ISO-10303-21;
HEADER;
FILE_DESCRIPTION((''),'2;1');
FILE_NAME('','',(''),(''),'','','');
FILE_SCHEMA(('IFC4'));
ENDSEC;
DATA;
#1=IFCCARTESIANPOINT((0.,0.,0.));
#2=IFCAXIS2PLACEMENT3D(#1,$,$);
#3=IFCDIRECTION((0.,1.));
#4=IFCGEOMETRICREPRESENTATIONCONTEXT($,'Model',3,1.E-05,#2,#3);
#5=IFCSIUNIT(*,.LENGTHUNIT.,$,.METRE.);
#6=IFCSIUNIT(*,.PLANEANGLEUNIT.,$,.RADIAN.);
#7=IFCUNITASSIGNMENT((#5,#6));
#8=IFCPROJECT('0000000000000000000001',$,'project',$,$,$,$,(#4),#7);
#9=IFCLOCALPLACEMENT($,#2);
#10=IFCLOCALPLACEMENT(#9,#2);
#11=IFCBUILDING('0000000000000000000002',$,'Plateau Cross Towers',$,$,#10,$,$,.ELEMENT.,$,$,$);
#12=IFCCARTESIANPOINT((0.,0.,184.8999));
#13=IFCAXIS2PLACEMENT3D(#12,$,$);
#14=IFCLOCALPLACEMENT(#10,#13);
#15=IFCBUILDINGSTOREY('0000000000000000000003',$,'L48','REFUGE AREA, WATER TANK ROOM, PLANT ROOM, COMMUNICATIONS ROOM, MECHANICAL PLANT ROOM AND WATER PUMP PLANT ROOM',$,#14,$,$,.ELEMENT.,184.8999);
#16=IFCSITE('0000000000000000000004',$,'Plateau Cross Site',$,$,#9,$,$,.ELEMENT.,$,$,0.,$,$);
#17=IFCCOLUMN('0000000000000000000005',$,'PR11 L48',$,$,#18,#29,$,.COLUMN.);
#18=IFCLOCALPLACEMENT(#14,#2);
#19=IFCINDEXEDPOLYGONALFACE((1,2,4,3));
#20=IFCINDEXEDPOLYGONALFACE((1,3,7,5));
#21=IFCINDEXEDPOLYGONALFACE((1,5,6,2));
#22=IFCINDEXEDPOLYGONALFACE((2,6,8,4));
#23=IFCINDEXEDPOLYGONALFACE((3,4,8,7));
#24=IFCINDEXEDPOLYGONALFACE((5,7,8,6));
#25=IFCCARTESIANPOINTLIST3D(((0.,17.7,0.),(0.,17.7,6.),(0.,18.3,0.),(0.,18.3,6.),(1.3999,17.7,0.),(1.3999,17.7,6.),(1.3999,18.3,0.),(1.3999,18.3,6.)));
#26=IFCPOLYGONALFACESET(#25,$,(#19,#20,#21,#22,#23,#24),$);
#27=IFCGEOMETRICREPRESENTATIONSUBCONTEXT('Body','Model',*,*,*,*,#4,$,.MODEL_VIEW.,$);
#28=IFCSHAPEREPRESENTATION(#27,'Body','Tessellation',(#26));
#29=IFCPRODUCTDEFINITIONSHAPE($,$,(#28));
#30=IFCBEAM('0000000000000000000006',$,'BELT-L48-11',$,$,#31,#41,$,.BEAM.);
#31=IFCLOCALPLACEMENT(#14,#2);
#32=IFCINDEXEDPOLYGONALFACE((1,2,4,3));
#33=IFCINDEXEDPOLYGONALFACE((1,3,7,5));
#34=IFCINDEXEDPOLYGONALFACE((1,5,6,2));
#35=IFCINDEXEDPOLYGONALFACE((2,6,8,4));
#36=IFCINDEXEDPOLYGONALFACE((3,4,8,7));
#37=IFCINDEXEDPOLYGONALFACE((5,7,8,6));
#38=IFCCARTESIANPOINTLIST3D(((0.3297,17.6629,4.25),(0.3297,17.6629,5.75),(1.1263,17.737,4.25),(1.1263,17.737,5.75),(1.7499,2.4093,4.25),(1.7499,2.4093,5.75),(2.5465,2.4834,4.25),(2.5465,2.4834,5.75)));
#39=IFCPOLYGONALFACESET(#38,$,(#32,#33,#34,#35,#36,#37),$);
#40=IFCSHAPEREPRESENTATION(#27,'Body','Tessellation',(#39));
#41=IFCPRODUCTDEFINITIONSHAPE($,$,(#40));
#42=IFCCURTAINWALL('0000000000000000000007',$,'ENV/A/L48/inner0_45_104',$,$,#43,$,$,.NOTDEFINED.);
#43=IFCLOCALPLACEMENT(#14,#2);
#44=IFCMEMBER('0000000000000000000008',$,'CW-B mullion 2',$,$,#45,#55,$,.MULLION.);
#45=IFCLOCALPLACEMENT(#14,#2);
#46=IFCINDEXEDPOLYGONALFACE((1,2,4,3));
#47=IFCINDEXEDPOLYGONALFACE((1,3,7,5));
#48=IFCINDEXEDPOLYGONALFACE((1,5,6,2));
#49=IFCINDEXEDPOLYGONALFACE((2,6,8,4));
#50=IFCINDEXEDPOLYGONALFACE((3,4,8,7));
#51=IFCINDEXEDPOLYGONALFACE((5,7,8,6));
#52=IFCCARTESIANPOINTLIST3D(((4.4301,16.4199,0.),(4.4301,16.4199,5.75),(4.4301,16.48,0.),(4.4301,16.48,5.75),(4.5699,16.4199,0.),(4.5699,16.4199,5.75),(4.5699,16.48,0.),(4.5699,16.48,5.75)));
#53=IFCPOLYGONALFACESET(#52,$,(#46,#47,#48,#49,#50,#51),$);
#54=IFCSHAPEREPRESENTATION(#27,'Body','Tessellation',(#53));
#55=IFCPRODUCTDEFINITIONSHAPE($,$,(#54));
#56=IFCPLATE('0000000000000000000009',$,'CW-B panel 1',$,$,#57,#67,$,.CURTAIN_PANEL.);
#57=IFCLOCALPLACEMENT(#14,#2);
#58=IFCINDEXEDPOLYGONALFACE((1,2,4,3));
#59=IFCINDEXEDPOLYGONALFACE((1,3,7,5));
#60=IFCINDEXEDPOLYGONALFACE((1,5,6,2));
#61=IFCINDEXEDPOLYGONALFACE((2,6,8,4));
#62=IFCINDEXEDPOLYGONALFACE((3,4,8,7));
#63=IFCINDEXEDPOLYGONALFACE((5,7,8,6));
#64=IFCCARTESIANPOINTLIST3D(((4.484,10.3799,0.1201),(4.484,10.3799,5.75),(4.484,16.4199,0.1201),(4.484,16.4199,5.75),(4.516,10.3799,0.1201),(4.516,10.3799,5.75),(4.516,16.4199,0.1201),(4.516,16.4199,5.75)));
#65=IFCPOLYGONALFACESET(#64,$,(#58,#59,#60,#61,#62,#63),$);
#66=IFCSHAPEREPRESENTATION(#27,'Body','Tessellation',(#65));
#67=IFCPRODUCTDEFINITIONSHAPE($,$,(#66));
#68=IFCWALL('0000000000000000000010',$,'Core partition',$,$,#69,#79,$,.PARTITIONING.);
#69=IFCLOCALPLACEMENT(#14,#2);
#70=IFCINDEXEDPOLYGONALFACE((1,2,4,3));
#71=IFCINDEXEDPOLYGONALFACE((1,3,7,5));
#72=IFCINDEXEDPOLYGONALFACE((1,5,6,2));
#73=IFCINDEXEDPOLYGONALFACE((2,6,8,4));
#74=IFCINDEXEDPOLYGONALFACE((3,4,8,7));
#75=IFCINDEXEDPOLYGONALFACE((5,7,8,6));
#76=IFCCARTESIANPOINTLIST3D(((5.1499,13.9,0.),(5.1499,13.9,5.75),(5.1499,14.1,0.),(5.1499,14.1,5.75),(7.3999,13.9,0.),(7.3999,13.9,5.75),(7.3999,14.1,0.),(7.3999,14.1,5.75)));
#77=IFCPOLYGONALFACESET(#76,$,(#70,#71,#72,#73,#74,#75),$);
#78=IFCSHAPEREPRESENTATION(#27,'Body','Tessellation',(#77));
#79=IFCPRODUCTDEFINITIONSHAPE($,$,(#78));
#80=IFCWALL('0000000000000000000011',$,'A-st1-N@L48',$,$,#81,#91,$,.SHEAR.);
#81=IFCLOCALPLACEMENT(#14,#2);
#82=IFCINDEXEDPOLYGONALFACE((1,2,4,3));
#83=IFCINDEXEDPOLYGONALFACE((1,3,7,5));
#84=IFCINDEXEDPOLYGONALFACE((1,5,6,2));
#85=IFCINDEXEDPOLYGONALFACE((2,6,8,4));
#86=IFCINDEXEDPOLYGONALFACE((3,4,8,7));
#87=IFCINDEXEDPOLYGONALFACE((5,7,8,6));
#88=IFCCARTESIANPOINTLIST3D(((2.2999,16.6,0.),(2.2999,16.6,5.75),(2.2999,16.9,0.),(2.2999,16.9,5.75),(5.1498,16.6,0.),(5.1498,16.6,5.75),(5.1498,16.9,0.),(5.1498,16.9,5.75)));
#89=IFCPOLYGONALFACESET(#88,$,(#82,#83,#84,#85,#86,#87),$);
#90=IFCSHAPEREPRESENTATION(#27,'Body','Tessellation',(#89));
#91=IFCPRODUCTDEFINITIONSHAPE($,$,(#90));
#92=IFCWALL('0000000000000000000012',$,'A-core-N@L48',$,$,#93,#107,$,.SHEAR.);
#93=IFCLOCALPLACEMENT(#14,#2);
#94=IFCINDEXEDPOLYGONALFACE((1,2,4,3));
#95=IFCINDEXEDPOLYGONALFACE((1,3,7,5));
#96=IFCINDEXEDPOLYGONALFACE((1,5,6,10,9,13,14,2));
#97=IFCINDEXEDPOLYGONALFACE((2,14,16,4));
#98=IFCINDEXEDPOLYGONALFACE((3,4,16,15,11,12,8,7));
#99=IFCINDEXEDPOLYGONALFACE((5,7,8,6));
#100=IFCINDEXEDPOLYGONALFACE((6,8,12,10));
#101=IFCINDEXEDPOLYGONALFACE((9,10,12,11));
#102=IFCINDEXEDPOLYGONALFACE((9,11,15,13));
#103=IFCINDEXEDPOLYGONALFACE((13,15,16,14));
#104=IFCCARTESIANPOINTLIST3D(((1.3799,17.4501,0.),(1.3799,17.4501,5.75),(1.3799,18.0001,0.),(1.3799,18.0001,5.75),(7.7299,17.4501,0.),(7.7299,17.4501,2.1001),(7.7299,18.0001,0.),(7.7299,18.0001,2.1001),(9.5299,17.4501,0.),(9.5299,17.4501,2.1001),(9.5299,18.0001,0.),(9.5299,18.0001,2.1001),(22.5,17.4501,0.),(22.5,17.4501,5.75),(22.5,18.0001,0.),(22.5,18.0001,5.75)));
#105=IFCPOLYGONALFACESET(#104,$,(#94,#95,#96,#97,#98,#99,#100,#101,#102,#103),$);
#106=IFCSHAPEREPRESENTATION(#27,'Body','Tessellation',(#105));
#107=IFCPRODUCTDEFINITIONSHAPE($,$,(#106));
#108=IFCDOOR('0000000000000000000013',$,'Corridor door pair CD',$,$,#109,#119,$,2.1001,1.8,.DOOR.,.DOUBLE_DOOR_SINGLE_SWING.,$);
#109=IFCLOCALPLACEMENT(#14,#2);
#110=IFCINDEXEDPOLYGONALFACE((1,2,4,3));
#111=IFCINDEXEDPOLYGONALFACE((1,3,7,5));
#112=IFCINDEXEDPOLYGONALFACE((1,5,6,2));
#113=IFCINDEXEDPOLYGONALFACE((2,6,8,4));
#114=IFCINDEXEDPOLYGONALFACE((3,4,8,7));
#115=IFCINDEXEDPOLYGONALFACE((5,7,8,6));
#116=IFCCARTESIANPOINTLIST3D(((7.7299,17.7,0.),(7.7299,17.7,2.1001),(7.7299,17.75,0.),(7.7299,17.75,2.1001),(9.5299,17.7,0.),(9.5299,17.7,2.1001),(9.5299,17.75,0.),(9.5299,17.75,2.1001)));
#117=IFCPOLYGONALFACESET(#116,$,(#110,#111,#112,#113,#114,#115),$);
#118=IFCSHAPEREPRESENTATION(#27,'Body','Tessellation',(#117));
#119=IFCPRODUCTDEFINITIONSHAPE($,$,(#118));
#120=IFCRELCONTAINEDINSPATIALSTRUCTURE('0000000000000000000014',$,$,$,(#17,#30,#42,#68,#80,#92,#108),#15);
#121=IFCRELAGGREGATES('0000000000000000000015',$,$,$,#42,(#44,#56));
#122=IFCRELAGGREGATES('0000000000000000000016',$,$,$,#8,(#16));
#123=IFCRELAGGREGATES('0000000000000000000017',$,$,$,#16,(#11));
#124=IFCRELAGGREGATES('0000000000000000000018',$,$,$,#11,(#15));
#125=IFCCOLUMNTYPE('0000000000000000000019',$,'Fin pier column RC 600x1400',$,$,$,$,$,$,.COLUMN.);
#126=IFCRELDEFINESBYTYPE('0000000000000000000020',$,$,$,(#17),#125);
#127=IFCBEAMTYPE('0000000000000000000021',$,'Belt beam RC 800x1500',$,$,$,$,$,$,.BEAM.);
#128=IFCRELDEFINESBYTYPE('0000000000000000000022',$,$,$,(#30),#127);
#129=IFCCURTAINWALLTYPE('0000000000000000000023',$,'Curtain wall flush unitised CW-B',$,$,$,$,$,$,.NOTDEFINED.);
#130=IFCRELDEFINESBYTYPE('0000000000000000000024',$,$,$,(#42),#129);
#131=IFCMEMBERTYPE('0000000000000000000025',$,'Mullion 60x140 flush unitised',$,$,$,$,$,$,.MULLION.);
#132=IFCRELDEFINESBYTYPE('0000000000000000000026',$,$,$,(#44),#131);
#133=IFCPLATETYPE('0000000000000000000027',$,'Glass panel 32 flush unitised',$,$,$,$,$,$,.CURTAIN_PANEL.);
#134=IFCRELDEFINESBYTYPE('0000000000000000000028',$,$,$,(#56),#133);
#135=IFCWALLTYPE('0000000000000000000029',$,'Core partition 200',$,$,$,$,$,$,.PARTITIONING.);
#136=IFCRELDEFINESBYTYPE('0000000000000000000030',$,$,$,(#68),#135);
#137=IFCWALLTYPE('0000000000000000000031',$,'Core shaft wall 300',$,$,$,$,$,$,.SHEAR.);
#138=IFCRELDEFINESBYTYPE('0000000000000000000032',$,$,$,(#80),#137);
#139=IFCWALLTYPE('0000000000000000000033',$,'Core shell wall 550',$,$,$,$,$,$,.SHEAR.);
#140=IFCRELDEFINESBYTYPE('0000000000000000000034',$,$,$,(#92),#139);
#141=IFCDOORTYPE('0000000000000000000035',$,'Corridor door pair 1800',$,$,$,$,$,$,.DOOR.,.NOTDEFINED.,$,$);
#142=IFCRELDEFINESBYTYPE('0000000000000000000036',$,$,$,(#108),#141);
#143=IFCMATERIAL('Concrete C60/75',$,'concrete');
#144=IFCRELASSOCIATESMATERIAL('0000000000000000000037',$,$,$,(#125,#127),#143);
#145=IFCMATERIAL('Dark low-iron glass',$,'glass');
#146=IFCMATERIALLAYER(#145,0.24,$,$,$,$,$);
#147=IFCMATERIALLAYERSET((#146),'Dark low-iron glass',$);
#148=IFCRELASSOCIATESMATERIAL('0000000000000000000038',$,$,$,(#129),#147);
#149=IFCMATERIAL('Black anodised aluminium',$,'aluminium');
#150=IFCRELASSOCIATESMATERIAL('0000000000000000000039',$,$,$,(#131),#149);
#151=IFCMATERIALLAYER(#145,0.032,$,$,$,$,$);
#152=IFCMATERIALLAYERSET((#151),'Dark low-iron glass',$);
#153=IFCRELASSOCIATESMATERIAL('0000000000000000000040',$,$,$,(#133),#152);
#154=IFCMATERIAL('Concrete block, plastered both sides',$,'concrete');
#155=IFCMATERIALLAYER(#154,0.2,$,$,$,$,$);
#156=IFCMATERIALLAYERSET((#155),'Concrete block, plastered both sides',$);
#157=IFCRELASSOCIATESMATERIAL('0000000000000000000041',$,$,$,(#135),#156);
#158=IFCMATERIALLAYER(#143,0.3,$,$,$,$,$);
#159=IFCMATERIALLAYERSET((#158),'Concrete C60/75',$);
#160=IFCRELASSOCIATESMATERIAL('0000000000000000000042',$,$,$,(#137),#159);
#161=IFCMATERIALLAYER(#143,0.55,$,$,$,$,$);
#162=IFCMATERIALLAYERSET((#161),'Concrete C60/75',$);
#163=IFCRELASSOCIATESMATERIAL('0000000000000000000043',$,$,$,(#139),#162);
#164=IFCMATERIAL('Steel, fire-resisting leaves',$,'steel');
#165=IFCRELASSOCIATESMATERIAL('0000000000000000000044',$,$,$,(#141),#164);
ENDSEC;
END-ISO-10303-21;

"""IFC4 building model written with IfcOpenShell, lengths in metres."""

from ifc_helpers import new_model, si_unit, direction, frame, frame_2d, origin, origin_2d, place, context, subcontext, project, spatial, rectangle, extrude, material, layer, layer_set, material_profile, profile_set, type_object, element, fill, aggregate, save


model = new_model("IFC4")

# Units and contexts
model_context = context("Model", 3, precision=1e-05, world=origin(), true_north=direction((0.0, 1.0)))
body_context = subcontext(model_context, "Body", "Model", "MODEL_VIEW")
ifc_project = project(units=[si_unit("LENGTHUNIT", "METRE"), si_unit("PLANEANGLEUNIT", "RADIAN")], contexts=[model_context])

# Site, building, storey
site_placement = place(None, origin())
site = spatial("IfcSite", under=ifc_project, at=site_placement, Name="Plateau Cross Site", CompositionType="ELEMENT", RefElevation=0.0)
building_placement = place(site_placement, origin())
building = spatial("IfcBuilding", under=site, at=building_placement, Name="Plateau Cross Towers", CompositionType="ELEMENT")
storey_placement = place(building_placement, frame((0.0, 0.0, 184.8999)))
storey = spatial("IfcBuildingStorey", under=building, at=storey_placement, Name="L48", Description="REFUGE AREA, WATER TANK ROOM, PLANT ROOM, COMMUNICATIONS ROOM, MECHANICAL PLANT ROOM AND WATER PUMP PLANT ROOM", CompositionType="ELEMENT", Elevation=184.8999)

# Column
ifc_material_1 = material(Name="Concrete C60/75", Category="concrete")
ifc_material_profile_1 = material_profile(ifc_material_1, rectangle(XDim=0.6001, YDim=1.3999, at=origin_2d()), Name="RC 600x1400")
ifc_profile_set_1 = profile_set([ifc_material_profile_1], Name="Concrete C60/75")
column_type = type_object("IfcColumnType", Name="Fin pier column RC 600x1400", PredefinedType="COLUMN", material=ifc_profile_set_1)
column_placement = place(storey_placement, frame((0.7, 18.0, 0.0), z_axis=(0.0, 0.0, 1.0), x_axis=(0.0, 1.0, 0.0)))
element("IfcColumn", 1, at=column_placement, inside=storey, type_object=column_type, Name="PR11 L48", PredefinedType="COLUMN", context=body_context, shape_type="SweptSolid", body=[
    extrude(rectangle(XDim=0.6001, YDim=1.3999, at=origin_2d()), origin(), (0.0, 0.0, 1.0), 6.0),
])

# Beam
ifc_material_profile_2 = material_profile(ifc_material_1, rectangle(XDim=0.8, YDim=1.5, at=origin_2d()), Name="RC 800x1500")
ifc_profile_set_2 = profile_set([ifc_material_profile_2], Name="Concrete C60/75")
beam_type = type_object("IfcBeamType", Name="Belt beam RC 800x1500", PredefinedType="BEAM", material=ifc_profile_set_2)
beam_placement = place(storey_placement, frame((0.728, 17.7, 5.0), z_axis=(0.092702, -0.995694, 0.0), x_axis=(0.995694, 0.092702, 0.0)))
element("IfcBeam", 2, at=beam_placement, inside=storey, type_object=beam_type, Name="BELT-L48-11", PredefinedType="BEAM", context=body_context, shape_type="SweptSolid", body=[
    extrude(rectangle(XDim=0.8, YDim=1.5, at=origin_2d()), origin(), (0.0, 0.0, 1.0), 15.3196),
])

# Curtain wall, member, plate
ifc_material_2 = material(Name="Dark low-iron glass", Category="glass")
ifc_layer_1 = layer(ifc_material_2, 0.24)
ifc_layer_set_1 = layer_set([ifc_layer_1], Name="Dark low-iron glass")
curtain_wall_type = type_object("IfcCurtainWallType", Name="Curtain wall flush unitised CW-B", PredefinedType="NOTDEFINED", material=ifc_layer_set_1)
curtain_wall_placement = place(storey_placement, origin())
curtain_wall = element("IfcCurtainWall", 3, at=curtain_wall_placement, inside=storey, type_object=curtain_wall_type, Name="ENV/A/L48/inner0_45_104", PredefinedType="NOTDEFINED")
ifc_material_3 = material(Name="Black anodised aluminium", Category="aluminium")
ifc_material_profile_3 = material_profile(ifc_material_3, rectangle(XDim=0.0601, YDim=0.1399, at=origin_2d()), Name="MULLION 60x140")
ifc_profile_set_3 = profile_set([ifc_material_profile_3], Name="Black anodised aluminium")
member_type = type_object("IfcMemberType", Name="Mullion 60x140 flush unitised", PredefinedType="MULLION", material=ifc_profile_set_3)
member_placement = place(storey_placement, frame((4.5, 16.45, 0.0), z_axis=(0.0, 0.0, 1.0), x_axis=(0.0, 1.0, 0.0)))
member = element("IfcMember", 4, at=member_placement, type_object=member_type, Name="CW-B mullion 2", PredefinedType="MULLION", context=body_context, shape_type="SweptSolid", body=[
    extrude(rectangle(XDim=0.0601, YDim=0.1399, at=origin_2d()), origin(), (0.0, 0.0, 1.0), 5.75),
])
ifc_layer_2 = layer(ifc_material_2, 0.032)
ifc_layer_set_2 = layer_set([ifc_layer_2], Name="Dark low-iron glass")
plate_type = type_object("IfcPlateType", Name="Glass panel 32 flush unitised", PredefinedType="CURTAIN_PANEL", material=ifc_layer_set_2)
plate_placement = place(storey_placement, frame((4.5, 13.3999, 0.1201), z_axis=(0.0, 0.0, 1.0), x_axis=(0.0, 1.0, 0.0)))
plate = element("IfcPlate", 5, at=plate_placement, type_object=plate_type, Name="CW-B panel 1", PredefinedType="CURTAIN_PANEL", context=body_context, shape_type="SweptSolid", body=[
    extrude(rectangle(XDim=6.04, YDim=0.032, at=origin_2d()), origin(), (0.0, 0.0, 1.0), 5.6299),
])
aggregate(curtain_wall, [member, plate])

# Walls
ifc_material_4 = material(Name="Concrete block, plastered both sides", Category="concrete")
ifc_layer_3 = layer(ifc_material_4, 0.2)
ifc_layer_set_3 = layer_set([ifc_layer_3], Name="Concrete block, plastered both sides")
wall_type_1 = type_object("IfcWallType", Name="Core partition 200", PredefinedType="PARTITIONING", material=ifc_layer_set_3)
wall_1_placement = place(storey_placement, frame((5.1499, 14.0, 0.0), z_axis=(0.0, 0.0, 1.0), x_axis=(1.0, 0.0, 0.0)))
element("IfcWall", 6, at=wall_1_placement, inside=storey, type_object=wall_type_1, Name="Core partition", PredefinedType="PARTITIONING", context=body_context, shape_type="SweptSolid", body=[
    extrude(rectangle(XDim=2.25, YDim=0.2, at=frame_2d((1.125, 0.0))), origin(), (0.0, 0.0, 1.0), 5.75),
])
ifc_layer_4 = layer(ifc_material_1, 0.3)
ifc_layer_set_4 = layer_set([ifc_layer_4], Name="Concrete C60/75")
wall_type_2 = type_object("IfcWallType", Name="Core shaft wall 300", PredefinedType="SHEAR", material=ifc_layer_set_4)
wall_2_placement = place(storey_placement, frame((2.3, 16.75, 0.0), z_axis=(0.0, 0.0, 1.0), x_axis=(1.0, 0.0, 0.0)))
element("IfcWall", 7, at=wall_2_placement, inside=storey, type_object=wall_type_2, Name="A-st1-N@L48", PredefinedType="SHEAR", context=body_context, shape_type="SweptSolid", body=[
    extrude(rectangle(XDim=2.8499, YDim=0.3, at=frame_2d((1.4248, 0.0))), origin(), (0.0, 0.0, 1.0), 5.75),
])

# Wall, opening, door
ifc_layer_5 = layer(ifc_material_1, 0.55)
ifc_layer_set_5 = layer_set([ifc_layer_5], Name="Concrete C60/75")
wall_type_3 = type_object("IfcWallType", Name="Core shell wall 550", PredefinedType="SHEAR", material=ifc_layer_set_5)
wall_3_placement = place(storey_placement, frame((1.3799, 17.7251, 0.0), z_axis=(0.0, 0.0, 1.0), x_axis=(1.0, 0.0, 0.0)))
wall_3 = element("IfcWall", 8, at=wall_3_placement, inside=storey, type_object=wall_type_3, Name="A-core-N@L48", PredefinedType="SHEAR", context=body_context, shape_type="SweptSolid", body=[
    extrude(rectangle(XDim=21.1201, YDim=0.55, at=frame_2d((10.5601, 0.0))), origin(), (0.0, 0.0, 1.0), 5.75),
])
opening_1_placement = place(wall_3_placement, frame((6.3501, 0.0, 0.0)))
opening_1 = element("IfcOpeningElement", 9, at=opening_1_placement, cuts=wall_3, PredefinedType="OPENING", context=body_context, shape_type="SweptSolid", body=[
    extrude(rectangle(XDim=1.8, YDim=2.1001, at=frame_2d((0.8999, 1.05))), frame((0.0, 0.2849, 0.0), z_axis=(0.0, -1.0, 0.0), x_axis=(1.0, 0.0, 0.0)), (0.0, 0.0, 1.0), 0.5701),
])
ifc_material_5 = material(Name="Steel, fire-resisting leaves", Category="steel")
door_type_1 = type_object("IfcDoorType", Name="Corridor door pair 1800", OperationType="NOTDEFINED", PredefinedType="DOOR", material=ifc_material_5)
door_1_placement = place(opening_1_placement, origin())
door_1 = element("IfcDoor", 10, at=door_1_placement, inside=storey, type_object=door_type_1, Name="Corridor door pair CD", OperationType="DOUBLE_DOOR_SINGLE_SWING", OverallHeight=2.1001, OverallWidth=1.8, PredefinedType="DOOR", context=body_context, shape_type="SweptSolid", body=[
    extrude(rectangle(XDim=1.8, YDim=2.1001, at=frame_2d((0.8999, 1.05))), frame((0.0, 0.0249, 0.0), z_axis=(0.0, -1.0, 0.0), x_axis=(1.0, 0.0, 0.0)), (0.0, 0.0, 1.0), 0.05),
])
fill(opening_1, door_1)

save(model, "model.ifc")
